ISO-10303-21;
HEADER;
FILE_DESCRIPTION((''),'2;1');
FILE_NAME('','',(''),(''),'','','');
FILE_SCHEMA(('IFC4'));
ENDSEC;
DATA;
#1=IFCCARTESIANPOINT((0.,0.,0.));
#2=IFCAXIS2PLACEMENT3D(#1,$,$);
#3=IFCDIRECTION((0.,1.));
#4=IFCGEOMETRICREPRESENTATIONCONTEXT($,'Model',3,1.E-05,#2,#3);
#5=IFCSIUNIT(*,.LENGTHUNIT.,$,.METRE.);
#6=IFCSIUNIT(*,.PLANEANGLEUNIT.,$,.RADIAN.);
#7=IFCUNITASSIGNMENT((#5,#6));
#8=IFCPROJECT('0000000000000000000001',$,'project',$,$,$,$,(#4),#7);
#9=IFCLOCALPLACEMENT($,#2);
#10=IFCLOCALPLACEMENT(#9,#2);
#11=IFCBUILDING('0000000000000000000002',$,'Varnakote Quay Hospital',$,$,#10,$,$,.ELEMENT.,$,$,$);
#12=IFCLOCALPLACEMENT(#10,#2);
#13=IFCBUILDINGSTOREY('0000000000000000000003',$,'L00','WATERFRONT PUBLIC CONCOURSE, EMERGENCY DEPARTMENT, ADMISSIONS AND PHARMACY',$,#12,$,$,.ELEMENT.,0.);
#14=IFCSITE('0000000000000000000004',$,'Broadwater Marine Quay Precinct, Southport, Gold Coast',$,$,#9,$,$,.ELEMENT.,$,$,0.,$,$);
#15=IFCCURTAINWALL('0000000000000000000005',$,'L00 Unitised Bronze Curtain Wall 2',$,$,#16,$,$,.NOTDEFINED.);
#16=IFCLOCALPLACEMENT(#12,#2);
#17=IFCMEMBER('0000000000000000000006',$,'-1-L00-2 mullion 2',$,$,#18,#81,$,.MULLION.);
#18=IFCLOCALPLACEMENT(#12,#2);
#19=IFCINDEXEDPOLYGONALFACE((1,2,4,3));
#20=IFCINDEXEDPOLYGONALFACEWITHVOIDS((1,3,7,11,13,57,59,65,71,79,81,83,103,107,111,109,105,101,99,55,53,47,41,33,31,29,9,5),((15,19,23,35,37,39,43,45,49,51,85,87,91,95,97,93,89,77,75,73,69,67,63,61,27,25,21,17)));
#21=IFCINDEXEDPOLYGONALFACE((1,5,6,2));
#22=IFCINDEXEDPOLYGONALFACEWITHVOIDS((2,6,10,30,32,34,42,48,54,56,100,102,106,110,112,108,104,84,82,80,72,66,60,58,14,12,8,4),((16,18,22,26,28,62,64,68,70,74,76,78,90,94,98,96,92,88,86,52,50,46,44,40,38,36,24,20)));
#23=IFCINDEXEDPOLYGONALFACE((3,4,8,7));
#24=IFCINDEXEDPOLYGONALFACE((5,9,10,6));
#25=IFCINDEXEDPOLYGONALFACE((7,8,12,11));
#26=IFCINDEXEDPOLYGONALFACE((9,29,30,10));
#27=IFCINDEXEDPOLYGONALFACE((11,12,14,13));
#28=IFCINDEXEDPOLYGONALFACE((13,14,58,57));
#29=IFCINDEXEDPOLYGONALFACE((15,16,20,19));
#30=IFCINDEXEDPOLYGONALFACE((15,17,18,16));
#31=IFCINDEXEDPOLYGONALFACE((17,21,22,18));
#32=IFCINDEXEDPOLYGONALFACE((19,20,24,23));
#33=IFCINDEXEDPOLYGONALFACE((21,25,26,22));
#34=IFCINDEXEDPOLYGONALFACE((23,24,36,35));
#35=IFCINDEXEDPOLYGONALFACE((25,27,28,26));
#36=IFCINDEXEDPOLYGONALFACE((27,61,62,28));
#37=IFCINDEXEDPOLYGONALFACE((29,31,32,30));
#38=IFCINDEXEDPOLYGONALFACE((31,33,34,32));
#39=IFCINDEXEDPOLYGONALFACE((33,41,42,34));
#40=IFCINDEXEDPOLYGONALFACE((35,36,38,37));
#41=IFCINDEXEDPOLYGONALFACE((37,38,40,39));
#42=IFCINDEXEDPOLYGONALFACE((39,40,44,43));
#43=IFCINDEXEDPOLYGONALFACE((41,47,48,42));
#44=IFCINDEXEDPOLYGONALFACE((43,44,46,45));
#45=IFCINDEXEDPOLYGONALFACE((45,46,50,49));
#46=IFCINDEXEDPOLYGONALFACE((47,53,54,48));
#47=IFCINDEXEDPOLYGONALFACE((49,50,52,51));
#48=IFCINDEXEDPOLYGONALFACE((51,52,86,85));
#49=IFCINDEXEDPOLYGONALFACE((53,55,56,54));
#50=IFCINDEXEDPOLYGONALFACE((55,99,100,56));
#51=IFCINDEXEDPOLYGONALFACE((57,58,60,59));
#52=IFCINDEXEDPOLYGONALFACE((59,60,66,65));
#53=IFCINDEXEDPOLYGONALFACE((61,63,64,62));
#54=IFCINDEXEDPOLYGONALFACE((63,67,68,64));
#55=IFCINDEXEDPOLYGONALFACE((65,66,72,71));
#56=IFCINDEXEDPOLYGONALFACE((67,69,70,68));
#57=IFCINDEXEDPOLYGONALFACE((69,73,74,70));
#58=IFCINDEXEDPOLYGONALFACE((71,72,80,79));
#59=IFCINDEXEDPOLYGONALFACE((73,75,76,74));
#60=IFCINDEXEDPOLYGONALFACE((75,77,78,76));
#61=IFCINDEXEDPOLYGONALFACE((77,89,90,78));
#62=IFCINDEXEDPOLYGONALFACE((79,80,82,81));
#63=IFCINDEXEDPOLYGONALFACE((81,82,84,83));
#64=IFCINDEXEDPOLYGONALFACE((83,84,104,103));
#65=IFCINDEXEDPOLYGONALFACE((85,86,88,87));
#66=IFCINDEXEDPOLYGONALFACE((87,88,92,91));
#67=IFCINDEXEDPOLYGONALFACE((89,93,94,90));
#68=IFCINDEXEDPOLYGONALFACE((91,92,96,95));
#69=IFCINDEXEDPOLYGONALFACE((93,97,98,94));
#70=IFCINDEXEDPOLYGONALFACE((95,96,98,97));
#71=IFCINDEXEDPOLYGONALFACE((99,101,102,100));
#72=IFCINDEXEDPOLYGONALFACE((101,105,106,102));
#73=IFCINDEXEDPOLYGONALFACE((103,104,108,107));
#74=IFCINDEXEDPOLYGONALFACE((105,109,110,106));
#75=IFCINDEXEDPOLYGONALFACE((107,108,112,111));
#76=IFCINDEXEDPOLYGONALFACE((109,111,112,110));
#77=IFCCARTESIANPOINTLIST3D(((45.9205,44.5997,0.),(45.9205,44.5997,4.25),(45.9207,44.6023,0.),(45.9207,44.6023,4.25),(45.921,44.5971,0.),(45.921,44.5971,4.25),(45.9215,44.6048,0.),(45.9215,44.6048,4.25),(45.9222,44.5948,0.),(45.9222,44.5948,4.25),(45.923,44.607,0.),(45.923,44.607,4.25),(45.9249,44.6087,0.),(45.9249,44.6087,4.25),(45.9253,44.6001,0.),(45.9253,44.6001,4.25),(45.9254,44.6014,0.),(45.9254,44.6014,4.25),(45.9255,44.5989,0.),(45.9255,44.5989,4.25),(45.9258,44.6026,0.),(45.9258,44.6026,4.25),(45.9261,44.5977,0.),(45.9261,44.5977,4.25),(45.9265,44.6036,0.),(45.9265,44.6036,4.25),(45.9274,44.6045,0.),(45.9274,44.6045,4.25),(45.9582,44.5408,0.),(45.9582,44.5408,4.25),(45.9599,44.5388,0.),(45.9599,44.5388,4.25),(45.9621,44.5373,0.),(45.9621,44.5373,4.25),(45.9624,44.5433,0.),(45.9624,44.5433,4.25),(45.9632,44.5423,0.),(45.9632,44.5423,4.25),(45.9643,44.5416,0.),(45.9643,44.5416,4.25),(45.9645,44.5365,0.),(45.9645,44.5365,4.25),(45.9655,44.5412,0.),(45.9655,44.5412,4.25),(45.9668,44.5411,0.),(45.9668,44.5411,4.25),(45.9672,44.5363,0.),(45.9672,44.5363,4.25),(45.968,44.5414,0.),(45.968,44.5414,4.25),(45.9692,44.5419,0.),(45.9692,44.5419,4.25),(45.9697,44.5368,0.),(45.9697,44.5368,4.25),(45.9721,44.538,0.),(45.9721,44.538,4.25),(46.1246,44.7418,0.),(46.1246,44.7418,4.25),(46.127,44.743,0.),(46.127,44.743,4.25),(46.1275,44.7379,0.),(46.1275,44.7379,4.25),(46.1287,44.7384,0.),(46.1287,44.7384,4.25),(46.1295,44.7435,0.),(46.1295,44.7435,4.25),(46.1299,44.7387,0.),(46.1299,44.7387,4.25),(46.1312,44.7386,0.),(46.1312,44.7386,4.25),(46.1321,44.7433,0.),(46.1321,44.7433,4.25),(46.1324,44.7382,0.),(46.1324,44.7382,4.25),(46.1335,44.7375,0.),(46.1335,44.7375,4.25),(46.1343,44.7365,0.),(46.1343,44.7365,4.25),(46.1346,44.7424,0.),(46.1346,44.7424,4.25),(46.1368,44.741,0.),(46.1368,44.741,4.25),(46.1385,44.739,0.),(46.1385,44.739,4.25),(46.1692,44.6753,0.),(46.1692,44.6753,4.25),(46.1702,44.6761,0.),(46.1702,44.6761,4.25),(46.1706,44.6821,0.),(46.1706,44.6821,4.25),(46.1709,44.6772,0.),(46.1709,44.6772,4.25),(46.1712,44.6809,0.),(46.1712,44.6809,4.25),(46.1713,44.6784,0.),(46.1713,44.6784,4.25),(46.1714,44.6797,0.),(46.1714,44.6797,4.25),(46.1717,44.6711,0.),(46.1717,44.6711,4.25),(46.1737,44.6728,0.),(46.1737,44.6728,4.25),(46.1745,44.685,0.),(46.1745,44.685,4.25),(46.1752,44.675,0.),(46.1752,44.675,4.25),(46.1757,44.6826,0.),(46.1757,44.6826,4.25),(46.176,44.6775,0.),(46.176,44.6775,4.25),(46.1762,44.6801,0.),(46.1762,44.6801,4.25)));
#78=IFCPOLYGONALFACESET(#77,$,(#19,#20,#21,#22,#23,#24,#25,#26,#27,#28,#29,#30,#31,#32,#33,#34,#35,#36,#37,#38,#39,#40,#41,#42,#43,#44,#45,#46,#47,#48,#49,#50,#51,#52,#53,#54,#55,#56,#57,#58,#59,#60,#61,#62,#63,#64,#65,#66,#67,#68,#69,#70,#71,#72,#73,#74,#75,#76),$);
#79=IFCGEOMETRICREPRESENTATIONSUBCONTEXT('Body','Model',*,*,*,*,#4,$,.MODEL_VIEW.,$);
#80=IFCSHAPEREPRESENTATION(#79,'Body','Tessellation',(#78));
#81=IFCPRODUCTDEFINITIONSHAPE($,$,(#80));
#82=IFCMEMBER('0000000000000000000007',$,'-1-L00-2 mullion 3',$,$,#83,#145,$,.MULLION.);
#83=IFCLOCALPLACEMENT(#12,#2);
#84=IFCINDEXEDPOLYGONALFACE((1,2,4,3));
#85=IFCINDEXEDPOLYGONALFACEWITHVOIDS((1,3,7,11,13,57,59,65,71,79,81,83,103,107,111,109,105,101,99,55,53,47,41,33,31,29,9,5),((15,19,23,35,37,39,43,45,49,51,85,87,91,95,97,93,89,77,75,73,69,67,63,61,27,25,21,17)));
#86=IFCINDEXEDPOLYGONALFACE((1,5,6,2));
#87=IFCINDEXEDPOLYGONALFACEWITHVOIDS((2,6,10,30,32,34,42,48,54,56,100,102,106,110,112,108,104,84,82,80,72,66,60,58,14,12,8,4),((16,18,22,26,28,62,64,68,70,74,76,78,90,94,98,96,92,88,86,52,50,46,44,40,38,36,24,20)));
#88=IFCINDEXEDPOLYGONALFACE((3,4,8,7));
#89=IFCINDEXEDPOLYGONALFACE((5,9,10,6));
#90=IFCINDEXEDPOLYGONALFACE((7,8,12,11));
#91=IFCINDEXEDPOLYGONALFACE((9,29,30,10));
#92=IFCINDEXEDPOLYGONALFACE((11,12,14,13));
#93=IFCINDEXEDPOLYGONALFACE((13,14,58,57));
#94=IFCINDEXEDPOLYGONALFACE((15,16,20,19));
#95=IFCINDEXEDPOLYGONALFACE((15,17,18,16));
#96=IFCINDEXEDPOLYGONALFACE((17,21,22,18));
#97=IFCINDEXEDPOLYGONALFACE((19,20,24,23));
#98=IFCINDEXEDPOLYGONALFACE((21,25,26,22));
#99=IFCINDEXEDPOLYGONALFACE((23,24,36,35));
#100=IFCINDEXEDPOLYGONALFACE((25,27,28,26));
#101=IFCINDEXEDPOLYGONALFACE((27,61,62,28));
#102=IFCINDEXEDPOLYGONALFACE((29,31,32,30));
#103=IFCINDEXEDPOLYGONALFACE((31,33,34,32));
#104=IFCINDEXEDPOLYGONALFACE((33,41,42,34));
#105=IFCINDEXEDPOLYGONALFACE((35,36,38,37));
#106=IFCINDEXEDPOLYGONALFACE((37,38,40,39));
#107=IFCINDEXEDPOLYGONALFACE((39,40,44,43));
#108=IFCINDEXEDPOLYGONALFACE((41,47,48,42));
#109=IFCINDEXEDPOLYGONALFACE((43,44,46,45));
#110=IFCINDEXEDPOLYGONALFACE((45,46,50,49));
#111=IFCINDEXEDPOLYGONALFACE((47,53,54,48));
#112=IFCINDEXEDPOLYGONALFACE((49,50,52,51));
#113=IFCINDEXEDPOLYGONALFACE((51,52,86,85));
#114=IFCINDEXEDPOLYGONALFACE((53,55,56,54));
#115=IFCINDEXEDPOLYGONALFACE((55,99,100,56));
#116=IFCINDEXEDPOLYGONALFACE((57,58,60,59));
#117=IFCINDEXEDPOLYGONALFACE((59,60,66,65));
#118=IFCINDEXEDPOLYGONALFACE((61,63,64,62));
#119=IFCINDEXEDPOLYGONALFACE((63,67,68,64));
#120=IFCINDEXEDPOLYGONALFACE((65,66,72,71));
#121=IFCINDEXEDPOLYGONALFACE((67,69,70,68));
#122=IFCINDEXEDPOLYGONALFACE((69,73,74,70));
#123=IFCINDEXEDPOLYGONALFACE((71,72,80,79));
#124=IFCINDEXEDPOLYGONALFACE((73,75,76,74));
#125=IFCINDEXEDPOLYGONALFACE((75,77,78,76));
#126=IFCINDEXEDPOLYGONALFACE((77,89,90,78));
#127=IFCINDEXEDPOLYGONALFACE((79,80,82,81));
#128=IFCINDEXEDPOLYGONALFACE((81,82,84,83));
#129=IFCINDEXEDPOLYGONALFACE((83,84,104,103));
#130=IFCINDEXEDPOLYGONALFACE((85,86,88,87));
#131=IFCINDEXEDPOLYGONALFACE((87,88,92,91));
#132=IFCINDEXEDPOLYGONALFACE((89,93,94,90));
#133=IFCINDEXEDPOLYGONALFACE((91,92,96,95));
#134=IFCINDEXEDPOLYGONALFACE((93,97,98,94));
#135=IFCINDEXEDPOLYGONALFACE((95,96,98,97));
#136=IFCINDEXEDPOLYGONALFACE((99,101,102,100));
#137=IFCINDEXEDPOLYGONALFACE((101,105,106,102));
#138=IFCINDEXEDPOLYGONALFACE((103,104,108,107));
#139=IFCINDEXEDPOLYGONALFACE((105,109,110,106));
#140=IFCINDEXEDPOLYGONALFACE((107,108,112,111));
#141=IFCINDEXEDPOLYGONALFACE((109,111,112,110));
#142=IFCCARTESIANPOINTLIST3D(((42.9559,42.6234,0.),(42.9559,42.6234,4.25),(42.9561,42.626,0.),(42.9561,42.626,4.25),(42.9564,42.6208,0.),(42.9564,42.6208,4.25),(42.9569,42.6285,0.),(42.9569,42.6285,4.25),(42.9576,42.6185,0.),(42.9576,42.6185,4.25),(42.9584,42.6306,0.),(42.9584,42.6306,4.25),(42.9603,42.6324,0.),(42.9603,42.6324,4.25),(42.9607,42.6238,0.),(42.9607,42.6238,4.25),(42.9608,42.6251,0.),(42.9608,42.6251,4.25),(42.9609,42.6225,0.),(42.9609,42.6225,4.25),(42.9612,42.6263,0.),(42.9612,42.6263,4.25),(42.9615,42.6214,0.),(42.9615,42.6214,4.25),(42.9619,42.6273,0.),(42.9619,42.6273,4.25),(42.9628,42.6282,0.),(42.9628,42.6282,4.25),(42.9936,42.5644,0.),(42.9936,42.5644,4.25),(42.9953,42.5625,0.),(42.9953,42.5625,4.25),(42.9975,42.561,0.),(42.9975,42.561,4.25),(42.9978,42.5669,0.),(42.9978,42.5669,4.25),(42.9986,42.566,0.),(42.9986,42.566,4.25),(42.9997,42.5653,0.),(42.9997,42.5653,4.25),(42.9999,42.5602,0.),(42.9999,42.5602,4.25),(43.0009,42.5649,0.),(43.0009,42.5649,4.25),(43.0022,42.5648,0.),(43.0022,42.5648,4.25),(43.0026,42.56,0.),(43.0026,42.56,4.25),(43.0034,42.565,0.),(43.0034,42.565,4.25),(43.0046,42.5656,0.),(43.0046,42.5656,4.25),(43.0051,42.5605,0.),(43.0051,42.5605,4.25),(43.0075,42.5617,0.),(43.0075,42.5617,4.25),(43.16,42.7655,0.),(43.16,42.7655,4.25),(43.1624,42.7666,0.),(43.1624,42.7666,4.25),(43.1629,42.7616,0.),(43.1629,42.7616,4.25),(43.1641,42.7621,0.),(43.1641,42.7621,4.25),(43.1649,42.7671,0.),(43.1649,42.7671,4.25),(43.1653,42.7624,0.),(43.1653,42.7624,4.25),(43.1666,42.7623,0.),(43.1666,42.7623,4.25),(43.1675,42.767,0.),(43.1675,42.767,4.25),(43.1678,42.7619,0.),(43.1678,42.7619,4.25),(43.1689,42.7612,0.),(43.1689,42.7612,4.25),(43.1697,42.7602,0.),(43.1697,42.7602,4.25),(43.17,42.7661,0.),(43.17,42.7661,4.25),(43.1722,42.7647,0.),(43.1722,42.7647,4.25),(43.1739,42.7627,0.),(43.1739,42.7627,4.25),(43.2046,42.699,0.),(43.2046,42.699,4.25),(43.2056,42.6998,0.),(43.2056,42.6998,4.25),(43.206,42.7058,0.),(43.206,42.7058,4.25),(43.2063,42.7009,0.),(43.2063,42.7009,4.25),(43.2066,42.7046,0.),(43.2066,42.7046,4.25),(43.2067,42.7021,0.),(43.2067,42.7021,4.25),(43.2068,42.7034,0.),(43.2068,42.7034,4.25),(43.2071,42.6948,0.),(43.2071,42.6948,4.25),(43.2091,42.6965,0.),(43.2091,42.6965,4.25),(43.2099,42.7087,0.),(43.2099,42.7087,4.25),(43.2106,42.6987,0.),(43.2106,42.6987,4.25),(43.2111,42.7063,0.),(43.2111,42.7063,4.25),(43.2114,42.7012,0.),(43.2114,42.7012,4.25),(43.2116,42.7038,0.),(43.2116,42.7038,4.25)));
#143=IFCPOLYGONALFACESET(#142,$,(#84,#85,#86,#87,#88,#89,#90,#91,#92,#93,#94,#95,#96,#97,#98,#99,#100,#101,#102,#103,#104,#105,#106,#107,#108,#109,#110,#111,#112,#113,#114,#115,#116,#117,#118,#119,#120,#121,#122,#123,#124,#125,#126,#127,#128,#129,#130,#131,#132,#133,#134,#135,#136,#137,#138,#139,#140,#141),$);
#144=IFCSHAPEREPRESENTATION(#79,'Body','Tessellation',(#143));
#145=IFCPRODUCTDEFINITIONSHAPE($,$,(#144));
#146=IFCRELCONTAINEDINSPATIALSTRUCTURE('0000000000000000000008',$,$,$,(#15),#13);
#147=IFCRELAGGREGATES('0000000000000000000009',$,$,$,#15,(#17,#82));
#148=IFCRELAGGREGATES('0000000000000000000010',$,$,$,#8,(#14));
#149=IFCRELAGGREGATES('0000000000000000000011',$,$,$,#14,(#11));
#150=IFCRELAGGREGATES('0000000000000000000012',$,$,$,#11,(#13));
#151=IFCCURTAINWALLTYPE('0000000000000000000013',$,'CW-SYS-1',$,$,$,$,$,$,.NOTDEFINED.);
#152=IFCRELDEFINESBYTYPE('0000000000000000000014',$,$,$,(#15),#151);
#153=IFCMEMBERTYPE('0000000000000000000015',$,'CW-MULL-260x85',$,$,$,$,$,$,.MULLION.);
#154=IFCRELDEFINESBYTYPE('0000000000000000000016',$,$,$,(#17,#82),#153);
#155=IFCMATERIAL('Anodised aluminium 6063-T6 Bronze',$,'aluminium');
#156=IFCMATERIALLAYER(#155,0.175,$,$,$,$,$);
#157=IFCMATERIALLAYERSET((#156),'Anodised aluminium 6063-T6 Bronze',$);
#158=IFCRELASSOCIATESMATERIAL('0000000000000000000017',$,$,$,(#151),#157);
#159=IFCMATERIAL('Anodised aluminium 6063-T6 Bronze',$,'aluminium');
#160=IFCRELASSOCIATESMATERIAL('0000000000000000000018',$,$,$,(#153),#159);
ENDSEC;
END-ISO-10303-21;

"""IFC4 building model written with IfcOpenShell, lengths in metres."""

from ifc_helpers import new_model, si_unit, direction, frame, origin, origin_2d, place, context, subcontext, project, spatial, hollow_rectangle, extrude, material, layer, layer_set, material_profile, profile_set, type_object, element, aggregate, save


model = new_model("IFC4")

# Units and contexts
model_context = context("Model", 3, precision=1e-05, world=origin(), true_north=direction((0.0, 1.0)))
body_context = subcontext(model_context, "Body", "Model", "MODEL_VIEW")
ifc_project = project(units=[si_unit("LENGTHUNIT", "METRE"), si_unit("PLANEANGLEUNIT", "RADIAN")], contexts=[model_context])

# Site, building, storey
site_placement = place(None, origin())
site = spatial("IfcSite", under=ifc_project, at=site_placement, Name="Broadwater Marine Quay Precinct, Southport, Gold Coast", CompositionType="ELEMENT", RefElevation=0.0)
building_placement = place(site_placement, origin())
building = spatial("IfcBuilding", under=site, at=building_placement, Name="Varnakote Quay Hospital", CompositionType="ELEMENT")
storey_placement = place(building_placement, origin())
storey = spatial("IfcBuildingStorey", under=building, at=storey_placement, Name="L00", Description="WATERFRONT PUBLIC CONCOURSE, EMERGENCY DEPARTMENT, ADMISSIONS AND PHARMACY", CompositionType="ELEMENT", Elevation=0.0)

# Curtain wall, members
ifc_material_1 = material(Name="Anodised aluminium 6063-T6 Bronze", Category="aluminium")
ifc_layer_1 = layer(ifc_material_1, 0.175)
ifc_layer_set_1 = layer_set([ifc_layer_1], Name="Anodised aluminium 6063-T6 Bronze")
curtain_wall_type = type_object("IfcCurtainWallType", Name="CW-SYS-1", PredefinedType="NOTDEFINED", material=ifc_layer_set_1)
curtain_wall_placement = place(storey_placement, origin())
curtain_wall = element("IfcCurtainWall", 1, at=curtain_wall_placement, inside=storey, type_object=curtain_wall_type, Name="L00 Unitised Bronze Curtain Wall 2", PredefinedType="NOTDEFINED")
ifc_material_2 = material(Name="Anodised aluminium 6063-T6 Bronze", Category="aluminium")
ifc_material_profile_1 = material_profile(ifc_material_2, hollow_rectangle(XDim=0.085, YDim=0.26, WallThickness=0.0049, InnerFilletRadius=0.0049, OuterFilletRadius=0.01, at=origin_2d()), Name="CW-MULL-260x85")
ifc_profile_set_1 = profile_set([ifc_material_profile_1], Name="Anodised aluminium 6063-T6 Bronze")
member_type_1 = type_object("IfcMemberType", Name="CW-MULL-260x85", PredefinedType="MULLION", material=ifc_profile_set_1)
member_1_placement = place(storey_placement, frame((46.0483, 44.6399, 0.0), z_axis=(0.0, 0.0, 1.0), x_axis=(0.5547, -0.83205, 0.0)))
member_1 = element("IfcMember", 2, at=member_1_placement, type_object=member_type_1, Name="-1-L00-2 mullion 2", PredefinedType="MULLION", context=body_context, shape_type="SweptSolid", body=[
    extrude(hollow_rectangle(XDim=0.085, YDim=0.26, WallThickness=0.0049, InnerFilletRadius=0.0049, OuterFilletRadius=0.01, at=origin_2d()), origin(), (0.0, 0.0, 1.0), 4.25),
])
member_2_placement = place(storey_placement, frame((43.0837, 42.6636, 0.0), z_axis=(0.0, 0.0, 1.0), x_axis=(0.5547, -0.83205, 0.0)))
member_2 = element("IfcMember", 3, at=member_2_placement, type_object=member_type_1, Name="-1-L00-2 mullion 3", PredefinedType="MULLION", context=body_context, shape_type="SweptSolid", body=[
    extrude(hollow_rectangle(XDim=0.085, YDim=0.26, WallThickness=0.0049, InnerFilletRadius=0.0049, OuterFilletRadius=0.01, at=origin_2d()), origin(), (0.0, 0.0, 1.0), 4.25),
])

aggregate(curtain_wall, [member_1, member_2])

save(model, "model.ifc")
